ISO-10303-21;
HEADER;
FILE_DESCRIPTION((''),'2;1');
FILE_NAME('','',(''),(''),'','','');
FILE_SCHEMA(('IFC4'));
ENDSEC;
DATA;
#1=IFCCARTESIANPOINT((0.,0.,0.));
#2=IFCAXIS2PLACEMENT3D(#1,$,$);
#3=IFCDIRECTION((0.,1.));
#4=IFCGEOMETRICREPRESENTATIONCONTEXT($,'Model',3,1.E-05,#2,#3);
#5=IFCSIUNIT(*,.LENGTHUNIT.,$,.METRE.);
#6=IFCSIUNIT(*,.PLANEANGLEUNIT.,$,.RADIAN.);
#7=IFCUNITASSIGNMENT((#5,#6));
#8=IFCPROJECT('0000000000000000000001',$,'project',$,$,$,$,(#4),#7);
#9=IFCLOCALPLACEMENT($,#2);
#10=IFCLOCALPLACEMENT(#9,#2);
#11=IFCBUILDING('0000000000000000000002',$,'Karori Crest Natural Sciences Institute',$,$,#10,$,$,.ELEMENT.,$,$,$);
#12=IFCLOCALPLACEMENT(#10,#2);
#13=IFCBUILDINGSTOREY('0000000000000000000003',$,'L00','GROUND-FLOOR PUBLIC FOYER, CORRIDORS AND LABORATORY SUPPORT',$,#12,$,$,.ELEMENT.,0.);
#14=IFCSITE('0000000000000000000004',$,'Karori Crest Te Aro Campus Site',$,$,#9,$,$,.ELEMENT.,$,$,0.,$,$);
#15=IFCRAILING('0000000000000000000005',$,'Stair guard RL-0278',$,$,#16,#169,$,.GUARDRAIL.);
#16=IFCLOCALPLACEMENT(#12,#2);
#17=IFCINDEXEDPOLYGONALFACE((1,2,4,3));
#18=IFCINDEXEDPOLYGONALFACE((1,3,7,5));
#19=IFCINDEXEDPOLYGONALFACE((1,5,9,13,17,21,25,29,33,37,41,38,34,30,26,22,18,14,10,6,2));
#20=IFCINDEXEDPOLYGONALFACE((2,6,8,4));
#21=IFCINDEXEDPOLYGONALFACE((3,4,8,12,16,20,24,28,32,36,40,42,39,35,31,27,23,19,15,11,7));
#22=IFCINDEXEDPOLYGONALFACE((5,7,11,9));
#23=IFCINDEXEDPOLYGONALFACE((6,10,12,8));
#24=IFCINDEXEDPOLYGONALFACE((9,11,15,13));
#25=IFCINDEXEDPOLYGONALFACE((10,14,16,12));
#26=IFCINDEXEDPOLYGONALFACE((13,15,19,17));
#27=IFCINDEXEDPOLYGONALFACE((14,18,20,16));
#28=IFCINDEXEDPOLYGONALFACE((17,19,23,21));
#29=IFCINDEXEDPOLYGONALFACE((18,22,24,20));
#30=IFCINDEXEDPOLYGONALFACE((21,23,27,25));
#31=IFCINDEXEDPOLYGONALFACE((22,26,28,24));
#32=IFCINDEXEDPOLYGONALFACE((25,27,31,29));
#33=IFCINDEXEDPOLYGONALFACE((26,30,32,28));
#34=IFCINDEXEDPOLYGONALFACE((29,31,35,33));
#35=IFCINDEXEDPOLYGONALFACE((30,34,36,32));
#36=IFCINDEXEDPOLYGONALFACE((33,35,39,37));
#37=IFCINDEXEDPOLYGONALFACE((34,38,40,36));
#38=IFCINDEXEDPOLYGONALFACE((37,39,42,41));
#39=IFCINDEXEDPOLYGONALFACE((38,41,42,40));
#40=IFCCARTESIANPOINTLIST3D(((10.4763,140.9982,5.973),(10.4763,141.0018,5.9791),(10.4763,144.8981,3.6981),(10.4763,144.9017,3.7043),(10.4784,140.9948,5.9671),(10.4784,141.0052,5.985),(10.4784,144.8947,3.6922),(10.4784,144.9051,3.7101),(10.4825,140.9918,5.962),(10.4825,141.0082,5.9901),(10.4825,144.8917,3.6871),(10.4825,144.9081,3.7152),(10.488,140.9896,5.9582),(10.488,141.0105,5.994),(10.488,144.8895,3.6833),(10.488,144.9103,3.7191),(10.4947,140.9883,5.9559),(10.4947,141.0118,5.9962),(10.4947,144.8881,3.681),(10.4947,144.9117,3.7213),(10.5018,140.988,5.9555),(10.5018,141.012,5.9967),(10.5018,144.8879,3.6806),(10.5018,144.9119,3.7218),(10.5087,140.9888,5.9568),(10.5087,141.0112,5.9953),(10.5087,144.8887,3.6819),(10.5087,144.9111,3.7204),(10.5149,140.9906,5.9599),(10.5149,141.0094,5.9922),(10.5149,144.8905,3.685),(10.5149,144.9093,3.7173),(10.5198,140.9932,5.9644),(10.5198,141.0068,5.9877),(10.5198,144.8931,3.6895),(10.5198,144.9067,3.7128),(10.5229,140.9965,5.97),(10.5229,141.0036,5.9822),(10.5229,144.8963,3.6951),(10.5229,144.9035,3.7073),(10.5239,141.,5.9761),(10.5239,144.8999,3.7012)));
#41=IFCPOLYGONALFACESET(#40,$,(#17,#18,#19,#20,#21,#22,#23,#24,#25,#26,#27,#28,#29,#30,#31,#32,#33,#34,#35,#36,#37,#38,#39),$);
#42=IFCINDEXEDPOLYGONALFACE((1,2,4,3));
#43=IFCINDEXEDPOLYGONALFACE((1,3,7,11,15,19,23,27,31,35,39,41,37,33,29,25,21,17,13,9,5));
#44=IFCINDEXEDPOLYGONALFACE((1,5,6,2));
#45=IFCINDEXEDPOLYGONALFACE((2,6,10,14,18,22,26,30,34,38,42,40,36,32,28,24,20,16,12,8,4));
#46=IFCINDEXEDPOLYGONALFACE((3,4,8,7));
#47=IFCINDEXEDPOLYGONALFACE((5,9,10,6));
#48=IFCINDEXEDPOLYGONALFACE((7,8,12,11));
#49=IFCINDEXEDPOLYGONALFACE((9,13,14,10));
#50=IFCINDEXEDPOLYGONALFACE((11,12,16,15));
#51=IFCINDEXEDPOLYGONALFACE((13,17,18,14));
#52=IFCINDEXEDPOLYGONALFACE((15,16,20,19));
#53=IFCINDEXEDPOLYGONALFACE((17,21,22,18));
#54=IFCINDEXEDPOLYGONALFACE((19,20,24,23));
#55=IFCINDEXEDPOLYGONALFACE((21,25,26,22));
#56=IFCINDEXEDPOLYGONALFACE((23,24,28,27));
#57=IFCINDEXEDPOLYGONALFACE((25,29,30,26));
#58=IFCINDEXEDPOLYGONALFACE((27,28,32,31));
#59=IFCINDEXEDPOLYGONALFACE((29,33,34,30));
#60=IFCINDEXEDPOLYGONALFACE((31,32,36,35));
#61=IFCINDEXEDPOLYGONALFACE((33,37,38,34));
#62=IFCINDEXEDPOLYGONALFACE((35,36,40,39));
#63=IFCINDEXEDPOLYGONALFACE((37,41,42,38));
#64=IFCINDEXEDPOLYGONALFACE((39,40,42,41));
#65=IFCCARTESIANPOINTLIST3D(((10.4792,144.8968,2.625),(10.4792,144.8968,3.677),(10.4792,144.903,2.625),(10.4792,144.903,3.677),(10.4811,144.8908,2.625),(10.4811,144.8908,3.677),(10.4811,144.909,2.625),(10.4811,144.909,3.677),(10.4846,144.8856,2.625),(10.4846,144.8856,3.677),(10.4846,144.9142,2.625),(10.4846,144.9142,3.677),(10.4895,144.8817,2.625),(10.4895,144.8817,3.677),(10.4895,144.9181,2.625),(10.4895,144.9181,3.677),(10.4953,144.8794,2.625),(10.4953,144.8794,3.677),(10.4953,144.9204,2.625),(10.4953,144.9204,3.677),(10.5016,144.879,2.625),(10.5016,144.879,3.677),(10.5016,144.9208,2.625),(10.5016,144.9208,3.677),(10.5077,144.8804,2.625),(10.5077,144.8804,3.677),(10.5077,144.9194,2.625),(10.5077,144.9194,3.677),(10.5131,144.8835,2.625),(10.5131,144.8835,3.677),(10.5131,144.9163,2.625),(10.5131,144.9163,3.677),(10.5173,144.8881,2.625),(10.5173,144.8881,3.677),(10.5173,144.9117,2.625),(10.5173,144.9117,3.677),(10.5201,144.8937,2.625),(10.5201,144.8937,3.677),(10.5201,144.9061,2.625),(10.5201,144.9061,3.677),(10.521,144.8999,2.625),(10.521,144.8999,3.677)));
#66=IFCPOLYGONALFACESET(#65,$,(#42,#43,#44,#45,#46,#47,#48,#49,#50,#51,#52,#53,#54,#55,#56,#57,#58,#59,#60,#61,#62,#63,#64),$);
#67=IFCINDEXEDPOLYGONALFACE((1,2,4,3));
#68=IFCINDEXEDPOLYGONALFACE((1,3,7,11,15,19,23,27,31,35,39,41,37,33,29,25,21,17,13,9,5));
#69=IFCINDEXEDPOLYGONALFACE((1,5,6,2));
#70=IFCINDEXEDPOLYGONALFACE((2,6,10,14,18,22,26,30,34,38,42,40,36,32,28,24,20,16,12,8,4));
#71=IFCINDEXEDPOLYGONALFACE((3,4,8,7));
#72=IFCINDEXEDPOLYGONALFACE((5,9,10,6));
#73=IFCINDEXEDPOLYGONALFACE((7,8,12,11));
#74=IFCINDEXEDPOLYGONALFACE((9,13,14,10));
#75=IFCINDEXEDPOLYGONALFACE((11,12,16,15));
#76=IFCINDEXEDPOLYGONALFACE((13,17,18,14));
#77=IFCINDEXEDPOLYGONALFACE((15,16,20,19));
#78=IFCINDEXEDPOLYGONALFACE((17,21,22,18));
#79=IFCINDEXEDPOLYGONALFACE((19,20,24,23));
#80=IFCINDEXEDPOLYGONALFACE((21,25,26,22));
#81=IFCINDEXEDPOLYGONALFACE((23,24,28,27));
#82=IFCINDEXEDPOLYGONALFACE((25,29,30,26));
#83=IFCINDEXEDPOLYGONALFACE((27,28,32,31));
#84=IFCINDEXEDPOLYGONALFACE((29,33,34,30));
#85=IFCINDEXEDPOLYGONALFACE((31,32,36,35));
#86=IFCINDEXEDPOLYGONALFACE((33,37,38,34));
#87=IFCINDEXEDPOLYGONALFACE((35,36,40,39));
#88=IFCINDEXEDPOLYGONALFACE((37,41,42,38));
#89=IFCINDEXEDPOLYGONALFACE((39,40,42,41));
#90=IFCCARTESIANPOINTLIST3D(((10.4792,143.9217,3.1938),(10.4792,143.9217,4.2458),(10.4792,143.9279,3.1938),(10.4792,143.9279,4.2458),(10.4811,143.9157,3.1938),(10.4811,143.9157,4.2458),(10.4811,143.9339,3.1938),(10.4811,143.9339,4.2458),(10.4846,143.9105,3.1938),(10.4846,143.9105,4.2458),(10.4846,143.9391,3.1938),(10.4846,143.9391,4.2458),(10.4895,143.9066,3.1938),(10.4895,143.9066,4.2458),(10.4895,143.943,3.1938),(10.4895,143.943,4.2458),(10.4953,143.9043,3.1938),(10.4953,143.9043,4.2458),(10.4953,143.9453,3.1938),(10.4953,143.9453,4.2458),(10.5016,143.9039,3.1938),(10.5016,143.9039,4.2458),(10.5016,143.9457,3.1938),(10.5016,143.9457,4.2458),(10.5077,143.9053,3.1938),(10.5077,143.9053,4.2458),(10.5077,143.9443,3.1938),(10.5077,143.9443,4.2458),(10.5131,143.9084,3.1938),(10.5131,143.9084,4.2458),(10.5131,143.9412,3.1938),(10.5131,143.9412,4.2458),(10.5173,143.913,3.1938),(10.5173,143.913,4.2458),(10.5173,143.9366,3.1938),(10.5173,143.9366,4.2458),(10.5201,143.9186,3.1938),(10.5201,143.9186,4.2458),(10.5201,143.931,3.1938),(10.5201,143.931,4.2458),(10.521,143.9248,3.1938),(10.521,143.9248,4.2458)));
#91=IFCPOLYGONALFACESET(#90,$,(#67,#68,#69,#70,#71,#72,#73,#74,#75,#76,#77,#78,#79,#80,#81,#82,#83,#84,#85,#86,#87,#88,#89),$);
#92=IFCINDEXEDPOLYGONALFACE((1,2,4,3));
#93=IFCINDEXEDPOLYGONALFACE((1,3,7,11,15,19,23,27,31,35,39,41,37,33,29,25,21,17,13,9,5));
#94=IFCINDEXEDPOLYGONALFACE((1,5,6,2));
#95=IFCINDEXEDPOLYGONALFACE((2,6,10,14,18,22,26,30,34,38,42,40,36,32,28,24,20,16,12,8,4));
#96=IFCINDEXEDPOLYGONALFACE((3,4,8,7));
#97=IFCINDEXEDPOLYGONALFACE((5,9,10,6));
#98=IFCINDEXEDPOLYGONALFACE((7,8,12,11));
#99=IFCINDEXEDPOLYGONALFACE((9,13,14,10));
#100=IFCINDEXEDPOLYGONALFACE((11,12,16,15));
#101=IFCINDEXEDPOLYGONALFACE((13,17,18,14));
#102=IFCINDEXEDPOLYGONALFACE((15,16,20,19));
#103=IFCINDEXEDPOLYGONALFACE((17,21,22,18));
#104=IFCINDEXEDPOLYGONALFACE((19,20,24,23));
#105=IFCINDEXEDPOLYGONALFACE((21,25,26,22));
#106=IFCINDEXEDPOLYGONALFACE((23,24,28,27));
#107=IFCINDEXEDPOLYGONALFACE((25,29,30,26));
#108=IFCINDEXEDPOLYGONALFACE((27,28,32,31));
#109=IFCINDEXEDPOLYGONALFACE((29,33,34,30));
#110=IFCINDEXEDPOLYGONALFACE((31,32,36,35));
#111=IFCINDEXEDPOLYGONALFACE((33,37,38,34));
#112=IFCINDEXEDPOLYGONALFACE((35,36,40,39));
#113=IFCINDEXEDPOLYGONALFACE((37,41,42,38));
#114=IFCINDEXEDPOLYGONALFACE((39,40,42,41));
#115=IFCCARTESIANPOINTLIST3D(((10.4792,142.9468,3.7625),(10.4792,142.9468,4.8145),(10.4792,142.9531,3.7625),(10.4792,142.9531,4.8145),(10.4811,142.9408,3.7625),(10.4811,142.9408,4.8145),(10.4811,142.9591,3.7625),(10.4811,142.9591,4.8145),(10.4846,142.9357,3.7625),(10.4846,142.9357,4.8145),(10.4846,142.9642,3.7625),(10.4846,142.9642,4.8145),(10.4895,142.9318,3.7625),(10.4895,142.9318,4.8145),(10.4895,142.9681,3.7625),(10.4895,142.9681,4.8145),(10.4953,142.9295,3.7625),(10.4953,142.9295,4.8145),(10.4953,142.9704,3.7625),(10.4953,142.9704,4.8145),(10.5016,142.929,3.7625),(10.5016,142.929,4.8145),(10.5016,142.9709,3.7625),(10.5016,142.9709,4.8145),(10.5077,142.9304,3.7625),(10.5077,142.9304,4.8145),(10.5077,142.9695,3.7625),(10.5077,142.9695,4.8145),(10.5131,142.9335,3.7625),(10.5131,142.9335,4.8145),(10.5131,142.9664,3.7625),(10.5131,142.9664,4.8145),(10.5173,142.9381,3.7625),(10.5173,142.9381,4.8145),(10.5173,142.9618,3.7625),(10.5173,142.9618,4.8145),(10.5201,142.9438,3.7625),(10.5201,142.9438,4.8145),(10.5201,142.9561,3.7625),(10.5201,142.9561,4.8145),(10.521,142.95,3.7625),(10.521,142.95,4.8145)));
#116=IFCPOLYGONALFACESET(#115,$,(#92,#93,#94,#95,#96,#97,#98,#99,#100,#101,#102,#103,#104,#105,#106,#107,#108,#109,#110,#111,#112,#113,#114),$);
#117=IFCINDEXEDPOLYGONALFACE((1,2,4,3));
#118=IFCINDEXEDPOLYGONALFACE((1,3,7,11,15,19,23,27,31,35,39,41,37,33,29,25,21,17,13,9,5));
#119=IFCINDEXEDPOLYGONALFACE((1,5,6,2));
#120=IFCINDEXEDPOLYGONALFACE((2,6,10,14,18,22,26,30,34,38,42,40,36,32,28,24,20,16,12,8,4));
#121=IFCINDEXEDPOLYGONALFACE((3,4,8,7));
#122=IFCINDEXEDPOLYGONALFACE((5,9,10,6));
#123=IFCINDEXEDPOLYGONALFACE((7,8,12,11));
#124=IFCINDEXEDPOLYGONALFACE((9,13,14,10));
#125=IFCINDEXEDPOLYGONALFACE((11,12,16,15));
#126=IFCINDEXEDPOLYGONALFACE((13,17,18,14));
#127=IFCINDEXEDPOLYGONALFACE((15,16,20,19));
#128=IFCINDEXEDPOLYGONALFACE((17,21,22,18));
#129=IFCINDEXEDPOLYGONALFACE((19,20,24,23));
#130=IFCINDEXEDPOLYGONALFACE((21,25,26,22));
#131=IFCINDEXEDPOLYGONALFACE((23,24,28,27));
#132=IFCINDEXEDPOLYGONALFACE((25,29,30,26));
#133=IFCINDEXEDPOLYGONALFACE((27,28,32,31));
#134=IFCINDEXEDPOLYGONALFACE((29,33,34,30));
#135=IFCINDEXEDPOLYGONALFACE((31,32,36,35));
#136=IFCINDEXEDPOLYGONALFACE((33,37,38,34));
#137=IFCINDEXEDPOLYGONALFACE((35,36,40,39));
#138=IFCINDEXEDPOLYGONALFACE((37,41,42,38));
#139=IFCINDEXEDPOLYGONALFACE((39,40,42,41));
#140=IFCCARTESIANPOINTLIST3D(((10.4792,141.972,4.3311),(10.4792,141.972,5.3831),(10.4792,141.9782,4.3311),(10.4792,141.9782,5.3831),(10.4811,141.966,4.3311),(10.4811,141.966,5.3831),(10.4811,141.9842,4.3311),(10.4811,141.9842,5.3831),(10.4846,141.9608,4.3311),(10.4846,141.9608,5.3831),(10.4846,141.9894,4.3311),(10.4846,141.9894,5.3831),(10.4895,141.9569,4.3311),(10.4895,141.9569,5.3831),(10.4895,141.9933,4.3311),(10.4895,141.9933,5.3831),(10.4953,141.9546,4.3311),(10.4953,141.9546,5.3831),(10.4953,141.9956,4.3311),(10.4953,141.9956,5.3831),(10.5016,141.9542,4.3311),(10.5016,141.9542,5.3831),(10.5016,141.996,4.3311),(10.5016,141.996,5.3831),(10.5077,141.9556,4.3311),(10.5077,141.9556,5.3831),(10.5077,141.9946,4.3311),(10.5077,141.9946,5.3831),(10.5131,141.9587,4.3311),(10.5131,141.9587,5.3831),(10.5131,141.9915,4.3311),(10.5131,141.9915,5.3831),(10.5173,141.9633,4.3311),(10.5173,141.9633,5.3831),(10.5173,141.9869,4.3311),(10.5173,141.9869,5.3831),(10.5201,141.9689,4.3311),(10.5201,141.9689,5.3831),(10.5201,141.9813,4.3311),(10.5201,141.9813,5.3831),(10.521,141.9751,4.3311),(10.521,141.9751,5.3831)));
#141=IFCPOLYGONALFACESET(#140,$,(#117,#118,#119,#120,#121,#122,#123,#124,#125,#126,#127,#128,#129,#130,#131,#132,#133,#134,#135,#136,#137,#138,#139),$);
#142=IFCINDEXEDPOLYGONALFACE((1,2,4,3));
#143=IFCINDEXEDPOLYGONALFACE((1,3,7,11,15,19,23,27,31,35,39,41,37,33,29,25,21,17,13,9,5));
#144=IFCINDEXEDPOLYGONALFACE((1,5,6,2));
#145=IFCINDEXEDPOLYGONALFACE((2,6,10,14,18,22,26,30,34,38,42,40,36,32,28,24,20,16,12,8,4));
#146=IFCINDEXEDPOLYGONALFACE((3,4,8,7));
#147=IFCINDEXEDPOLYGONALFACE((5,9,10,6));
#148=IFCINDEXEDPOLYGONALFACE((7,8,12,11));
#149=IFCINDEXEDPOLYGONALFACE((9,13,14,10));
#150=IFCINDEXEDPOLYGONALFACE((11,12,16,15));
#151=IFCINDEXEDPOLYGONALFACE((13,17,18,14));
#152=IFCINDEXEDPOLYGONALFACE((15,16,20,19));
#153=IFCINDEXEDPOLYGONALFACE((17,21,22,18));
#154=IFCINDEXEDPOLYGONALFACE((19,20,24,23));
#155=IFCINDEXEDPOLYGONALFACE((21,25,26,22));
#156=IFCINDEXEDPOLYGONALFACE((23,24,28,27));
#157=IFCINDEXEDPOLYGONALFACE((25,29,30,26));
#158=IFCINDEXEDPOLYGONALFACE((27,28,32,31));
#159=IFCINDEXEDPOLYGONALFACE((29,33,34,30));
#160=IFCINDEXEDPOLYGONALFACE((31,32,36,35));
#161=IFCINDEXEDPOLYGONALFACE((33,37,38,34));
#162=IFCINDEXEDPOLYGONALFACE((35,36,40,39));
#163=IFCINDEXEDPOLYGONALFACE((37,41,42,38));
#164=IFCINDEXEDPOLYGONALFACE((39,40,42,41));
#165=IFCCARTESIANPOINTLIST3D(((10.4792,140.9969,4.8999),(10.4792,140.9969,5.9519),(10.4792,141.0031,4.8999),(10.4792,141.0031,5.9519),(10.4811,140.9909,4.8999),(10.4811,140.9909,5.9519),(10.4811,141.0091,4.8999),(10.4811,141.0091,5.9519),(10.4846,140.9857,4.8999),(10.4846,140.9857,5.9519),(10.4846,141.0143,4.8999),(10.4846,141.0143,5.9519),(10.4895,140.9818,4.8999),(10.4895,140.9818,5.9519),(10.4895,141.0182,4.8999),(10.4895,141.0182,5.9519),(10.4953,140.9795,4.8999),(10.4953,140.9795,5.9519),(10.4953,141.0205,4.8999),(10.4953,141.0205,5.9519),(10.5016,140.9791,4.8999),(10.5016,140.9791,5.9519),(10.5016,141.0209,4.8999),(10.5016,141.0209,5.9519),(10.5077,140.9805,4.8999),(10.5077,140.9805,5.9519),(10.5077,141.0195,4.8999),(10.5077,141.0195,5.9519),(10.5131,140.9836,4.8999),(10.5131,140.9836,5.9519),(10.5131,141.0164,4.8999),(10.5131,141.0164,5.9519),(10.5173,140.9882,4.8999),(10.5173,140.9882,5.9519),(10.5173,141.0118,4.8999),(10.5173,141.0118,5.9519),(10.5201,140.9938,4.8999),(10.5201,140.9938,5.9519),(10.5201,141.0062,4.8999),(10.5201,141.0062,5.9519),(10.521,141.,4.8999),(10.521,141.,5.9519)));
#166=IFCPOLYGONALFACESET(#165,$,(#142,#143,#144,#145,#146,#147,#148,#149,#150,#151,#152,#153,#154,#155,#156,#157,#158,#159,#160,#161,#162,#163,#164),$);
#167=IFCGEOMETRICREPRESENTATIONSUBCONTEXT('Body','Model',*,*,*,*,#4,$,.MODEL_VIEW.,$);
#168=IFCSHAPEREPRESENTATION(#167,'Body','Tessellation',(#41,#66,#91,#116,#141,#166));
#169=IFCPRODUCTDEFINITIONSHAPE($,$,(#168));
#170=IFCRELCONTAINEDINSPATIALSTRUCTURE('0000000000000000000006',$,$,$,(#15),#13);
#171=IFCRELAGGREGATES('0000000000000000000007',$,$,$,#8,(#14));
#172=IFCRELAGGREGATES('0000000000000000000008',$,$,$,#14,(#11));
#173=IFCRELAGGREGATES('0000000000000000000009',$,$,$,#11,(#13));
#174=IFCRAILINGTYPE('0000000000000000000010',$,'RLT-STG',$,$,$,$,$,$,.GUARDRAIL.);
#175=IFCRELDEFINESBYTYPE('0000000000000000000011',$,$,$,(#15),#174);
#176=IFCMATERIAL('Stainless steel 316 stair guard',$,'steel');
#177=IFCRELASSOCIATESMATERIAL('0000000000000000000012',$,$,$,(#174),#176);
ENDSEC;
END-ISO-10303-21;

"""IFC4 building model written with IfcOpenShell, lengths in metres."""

from ifc_helpers import new_model, si_unit, direction, frame, origin, origin_2d, place, context, subcontext, project, spatial, circle, extrude, material, type_object, element, save


model = new_model("IFC4")

# Units and contexts
model_context = context("Model", 3, precision=1e-05, world=origin(), true_north=direction((0.0, 1.0)))
body_context = subcontext(model_context, "Body", "Model", "MODEL_VIEW")
ifc_project = project(units=[si_unit("LENGTHUNIT", "METRE"), si_unit("PLANEANGLEUNIT", "RADIAN")], contexts=[model_context])

# Site, building, storey
site_placement = place(None, origin())
site = spatial("IfcSite", under=ifc_project, at=site_placement, Name="Karori Crest Te Aro Campus Site", CompositionType="ELEMENT", RefElevation=0.0)
building_placement = place(site_placement, origin())
building = spatial("IfcBuilding", under=site, at=building_placement, Name="Karori Crest Natural Sciences Institute", CompositionType="ELEMENT")
storey_placement = place(building_placement, origin())
storey = spatial("IfcBuildingStorey", under=building, at=storey_placement, Name="L00", Description="GROUND-FLOOR PUBLIC FOYER, CORRIDORS AND LABORATORY SUPPORT", CompositionType="ELEMENT", Elevation=0.0)

# Railing
ifc_material_1 = material(Name="Stainless steel 316 stair guard", Category="steel")
railing_type_1 = type_object("IfcRailingType", Name="RLT-STG", PredefinedType="GUARDRAIL", material=ifc_material_1)
railing_1_placement = place(storey_placement, frame((10.5, 144.8999, 2.625)))
element("IfcRailing", 1, at=railing_1_placement, inside=storey, type_object=railing_type_1, Name="Stair guard RL-0278", PredefinedType="GUARDRAIL", context=body_context, shape_type="SweptSolid", body=[
    extrude(circle(Radius=0.0239, at=origin_2d()), frame((0.0, 0.0, 1.0762), z_axis=(0.0, -0.863783, 0.503864), x_axis=(1.0, 0.0, 0.0)), (0.0, 0.0, 1.0), 4.5149),
    extrude(circle(Radius=0.021, at=origin_2d()), origin(), (0.0, 0.0, 1.0), 1.052),
    extrude(circle(Radius=0.021, at=origin_2d()), frame((0.0, -0.9751, 0.5688)), (0.0, 0.0, 1.0), 1.052),
    extrude(circle(Radius=0.021, at=origin_2d()), frame((0.0, -1.95, 1.1375)), (0.0, 0.0, 1.0), 1.052),
    extrude(circle(Radius=0.021, at=origin_2d()), frame((0.0, -2.9248, 1.7061)), (0.0, 0.0, 1.0), 1.052),
    extrude(circle(Radius=0.021, at=origin_2d()), frame((0.0, -3.8999, 2.2749)), (0.0, 0.0, 1.0), 1.052),
])

save(model, "model.ifc")
